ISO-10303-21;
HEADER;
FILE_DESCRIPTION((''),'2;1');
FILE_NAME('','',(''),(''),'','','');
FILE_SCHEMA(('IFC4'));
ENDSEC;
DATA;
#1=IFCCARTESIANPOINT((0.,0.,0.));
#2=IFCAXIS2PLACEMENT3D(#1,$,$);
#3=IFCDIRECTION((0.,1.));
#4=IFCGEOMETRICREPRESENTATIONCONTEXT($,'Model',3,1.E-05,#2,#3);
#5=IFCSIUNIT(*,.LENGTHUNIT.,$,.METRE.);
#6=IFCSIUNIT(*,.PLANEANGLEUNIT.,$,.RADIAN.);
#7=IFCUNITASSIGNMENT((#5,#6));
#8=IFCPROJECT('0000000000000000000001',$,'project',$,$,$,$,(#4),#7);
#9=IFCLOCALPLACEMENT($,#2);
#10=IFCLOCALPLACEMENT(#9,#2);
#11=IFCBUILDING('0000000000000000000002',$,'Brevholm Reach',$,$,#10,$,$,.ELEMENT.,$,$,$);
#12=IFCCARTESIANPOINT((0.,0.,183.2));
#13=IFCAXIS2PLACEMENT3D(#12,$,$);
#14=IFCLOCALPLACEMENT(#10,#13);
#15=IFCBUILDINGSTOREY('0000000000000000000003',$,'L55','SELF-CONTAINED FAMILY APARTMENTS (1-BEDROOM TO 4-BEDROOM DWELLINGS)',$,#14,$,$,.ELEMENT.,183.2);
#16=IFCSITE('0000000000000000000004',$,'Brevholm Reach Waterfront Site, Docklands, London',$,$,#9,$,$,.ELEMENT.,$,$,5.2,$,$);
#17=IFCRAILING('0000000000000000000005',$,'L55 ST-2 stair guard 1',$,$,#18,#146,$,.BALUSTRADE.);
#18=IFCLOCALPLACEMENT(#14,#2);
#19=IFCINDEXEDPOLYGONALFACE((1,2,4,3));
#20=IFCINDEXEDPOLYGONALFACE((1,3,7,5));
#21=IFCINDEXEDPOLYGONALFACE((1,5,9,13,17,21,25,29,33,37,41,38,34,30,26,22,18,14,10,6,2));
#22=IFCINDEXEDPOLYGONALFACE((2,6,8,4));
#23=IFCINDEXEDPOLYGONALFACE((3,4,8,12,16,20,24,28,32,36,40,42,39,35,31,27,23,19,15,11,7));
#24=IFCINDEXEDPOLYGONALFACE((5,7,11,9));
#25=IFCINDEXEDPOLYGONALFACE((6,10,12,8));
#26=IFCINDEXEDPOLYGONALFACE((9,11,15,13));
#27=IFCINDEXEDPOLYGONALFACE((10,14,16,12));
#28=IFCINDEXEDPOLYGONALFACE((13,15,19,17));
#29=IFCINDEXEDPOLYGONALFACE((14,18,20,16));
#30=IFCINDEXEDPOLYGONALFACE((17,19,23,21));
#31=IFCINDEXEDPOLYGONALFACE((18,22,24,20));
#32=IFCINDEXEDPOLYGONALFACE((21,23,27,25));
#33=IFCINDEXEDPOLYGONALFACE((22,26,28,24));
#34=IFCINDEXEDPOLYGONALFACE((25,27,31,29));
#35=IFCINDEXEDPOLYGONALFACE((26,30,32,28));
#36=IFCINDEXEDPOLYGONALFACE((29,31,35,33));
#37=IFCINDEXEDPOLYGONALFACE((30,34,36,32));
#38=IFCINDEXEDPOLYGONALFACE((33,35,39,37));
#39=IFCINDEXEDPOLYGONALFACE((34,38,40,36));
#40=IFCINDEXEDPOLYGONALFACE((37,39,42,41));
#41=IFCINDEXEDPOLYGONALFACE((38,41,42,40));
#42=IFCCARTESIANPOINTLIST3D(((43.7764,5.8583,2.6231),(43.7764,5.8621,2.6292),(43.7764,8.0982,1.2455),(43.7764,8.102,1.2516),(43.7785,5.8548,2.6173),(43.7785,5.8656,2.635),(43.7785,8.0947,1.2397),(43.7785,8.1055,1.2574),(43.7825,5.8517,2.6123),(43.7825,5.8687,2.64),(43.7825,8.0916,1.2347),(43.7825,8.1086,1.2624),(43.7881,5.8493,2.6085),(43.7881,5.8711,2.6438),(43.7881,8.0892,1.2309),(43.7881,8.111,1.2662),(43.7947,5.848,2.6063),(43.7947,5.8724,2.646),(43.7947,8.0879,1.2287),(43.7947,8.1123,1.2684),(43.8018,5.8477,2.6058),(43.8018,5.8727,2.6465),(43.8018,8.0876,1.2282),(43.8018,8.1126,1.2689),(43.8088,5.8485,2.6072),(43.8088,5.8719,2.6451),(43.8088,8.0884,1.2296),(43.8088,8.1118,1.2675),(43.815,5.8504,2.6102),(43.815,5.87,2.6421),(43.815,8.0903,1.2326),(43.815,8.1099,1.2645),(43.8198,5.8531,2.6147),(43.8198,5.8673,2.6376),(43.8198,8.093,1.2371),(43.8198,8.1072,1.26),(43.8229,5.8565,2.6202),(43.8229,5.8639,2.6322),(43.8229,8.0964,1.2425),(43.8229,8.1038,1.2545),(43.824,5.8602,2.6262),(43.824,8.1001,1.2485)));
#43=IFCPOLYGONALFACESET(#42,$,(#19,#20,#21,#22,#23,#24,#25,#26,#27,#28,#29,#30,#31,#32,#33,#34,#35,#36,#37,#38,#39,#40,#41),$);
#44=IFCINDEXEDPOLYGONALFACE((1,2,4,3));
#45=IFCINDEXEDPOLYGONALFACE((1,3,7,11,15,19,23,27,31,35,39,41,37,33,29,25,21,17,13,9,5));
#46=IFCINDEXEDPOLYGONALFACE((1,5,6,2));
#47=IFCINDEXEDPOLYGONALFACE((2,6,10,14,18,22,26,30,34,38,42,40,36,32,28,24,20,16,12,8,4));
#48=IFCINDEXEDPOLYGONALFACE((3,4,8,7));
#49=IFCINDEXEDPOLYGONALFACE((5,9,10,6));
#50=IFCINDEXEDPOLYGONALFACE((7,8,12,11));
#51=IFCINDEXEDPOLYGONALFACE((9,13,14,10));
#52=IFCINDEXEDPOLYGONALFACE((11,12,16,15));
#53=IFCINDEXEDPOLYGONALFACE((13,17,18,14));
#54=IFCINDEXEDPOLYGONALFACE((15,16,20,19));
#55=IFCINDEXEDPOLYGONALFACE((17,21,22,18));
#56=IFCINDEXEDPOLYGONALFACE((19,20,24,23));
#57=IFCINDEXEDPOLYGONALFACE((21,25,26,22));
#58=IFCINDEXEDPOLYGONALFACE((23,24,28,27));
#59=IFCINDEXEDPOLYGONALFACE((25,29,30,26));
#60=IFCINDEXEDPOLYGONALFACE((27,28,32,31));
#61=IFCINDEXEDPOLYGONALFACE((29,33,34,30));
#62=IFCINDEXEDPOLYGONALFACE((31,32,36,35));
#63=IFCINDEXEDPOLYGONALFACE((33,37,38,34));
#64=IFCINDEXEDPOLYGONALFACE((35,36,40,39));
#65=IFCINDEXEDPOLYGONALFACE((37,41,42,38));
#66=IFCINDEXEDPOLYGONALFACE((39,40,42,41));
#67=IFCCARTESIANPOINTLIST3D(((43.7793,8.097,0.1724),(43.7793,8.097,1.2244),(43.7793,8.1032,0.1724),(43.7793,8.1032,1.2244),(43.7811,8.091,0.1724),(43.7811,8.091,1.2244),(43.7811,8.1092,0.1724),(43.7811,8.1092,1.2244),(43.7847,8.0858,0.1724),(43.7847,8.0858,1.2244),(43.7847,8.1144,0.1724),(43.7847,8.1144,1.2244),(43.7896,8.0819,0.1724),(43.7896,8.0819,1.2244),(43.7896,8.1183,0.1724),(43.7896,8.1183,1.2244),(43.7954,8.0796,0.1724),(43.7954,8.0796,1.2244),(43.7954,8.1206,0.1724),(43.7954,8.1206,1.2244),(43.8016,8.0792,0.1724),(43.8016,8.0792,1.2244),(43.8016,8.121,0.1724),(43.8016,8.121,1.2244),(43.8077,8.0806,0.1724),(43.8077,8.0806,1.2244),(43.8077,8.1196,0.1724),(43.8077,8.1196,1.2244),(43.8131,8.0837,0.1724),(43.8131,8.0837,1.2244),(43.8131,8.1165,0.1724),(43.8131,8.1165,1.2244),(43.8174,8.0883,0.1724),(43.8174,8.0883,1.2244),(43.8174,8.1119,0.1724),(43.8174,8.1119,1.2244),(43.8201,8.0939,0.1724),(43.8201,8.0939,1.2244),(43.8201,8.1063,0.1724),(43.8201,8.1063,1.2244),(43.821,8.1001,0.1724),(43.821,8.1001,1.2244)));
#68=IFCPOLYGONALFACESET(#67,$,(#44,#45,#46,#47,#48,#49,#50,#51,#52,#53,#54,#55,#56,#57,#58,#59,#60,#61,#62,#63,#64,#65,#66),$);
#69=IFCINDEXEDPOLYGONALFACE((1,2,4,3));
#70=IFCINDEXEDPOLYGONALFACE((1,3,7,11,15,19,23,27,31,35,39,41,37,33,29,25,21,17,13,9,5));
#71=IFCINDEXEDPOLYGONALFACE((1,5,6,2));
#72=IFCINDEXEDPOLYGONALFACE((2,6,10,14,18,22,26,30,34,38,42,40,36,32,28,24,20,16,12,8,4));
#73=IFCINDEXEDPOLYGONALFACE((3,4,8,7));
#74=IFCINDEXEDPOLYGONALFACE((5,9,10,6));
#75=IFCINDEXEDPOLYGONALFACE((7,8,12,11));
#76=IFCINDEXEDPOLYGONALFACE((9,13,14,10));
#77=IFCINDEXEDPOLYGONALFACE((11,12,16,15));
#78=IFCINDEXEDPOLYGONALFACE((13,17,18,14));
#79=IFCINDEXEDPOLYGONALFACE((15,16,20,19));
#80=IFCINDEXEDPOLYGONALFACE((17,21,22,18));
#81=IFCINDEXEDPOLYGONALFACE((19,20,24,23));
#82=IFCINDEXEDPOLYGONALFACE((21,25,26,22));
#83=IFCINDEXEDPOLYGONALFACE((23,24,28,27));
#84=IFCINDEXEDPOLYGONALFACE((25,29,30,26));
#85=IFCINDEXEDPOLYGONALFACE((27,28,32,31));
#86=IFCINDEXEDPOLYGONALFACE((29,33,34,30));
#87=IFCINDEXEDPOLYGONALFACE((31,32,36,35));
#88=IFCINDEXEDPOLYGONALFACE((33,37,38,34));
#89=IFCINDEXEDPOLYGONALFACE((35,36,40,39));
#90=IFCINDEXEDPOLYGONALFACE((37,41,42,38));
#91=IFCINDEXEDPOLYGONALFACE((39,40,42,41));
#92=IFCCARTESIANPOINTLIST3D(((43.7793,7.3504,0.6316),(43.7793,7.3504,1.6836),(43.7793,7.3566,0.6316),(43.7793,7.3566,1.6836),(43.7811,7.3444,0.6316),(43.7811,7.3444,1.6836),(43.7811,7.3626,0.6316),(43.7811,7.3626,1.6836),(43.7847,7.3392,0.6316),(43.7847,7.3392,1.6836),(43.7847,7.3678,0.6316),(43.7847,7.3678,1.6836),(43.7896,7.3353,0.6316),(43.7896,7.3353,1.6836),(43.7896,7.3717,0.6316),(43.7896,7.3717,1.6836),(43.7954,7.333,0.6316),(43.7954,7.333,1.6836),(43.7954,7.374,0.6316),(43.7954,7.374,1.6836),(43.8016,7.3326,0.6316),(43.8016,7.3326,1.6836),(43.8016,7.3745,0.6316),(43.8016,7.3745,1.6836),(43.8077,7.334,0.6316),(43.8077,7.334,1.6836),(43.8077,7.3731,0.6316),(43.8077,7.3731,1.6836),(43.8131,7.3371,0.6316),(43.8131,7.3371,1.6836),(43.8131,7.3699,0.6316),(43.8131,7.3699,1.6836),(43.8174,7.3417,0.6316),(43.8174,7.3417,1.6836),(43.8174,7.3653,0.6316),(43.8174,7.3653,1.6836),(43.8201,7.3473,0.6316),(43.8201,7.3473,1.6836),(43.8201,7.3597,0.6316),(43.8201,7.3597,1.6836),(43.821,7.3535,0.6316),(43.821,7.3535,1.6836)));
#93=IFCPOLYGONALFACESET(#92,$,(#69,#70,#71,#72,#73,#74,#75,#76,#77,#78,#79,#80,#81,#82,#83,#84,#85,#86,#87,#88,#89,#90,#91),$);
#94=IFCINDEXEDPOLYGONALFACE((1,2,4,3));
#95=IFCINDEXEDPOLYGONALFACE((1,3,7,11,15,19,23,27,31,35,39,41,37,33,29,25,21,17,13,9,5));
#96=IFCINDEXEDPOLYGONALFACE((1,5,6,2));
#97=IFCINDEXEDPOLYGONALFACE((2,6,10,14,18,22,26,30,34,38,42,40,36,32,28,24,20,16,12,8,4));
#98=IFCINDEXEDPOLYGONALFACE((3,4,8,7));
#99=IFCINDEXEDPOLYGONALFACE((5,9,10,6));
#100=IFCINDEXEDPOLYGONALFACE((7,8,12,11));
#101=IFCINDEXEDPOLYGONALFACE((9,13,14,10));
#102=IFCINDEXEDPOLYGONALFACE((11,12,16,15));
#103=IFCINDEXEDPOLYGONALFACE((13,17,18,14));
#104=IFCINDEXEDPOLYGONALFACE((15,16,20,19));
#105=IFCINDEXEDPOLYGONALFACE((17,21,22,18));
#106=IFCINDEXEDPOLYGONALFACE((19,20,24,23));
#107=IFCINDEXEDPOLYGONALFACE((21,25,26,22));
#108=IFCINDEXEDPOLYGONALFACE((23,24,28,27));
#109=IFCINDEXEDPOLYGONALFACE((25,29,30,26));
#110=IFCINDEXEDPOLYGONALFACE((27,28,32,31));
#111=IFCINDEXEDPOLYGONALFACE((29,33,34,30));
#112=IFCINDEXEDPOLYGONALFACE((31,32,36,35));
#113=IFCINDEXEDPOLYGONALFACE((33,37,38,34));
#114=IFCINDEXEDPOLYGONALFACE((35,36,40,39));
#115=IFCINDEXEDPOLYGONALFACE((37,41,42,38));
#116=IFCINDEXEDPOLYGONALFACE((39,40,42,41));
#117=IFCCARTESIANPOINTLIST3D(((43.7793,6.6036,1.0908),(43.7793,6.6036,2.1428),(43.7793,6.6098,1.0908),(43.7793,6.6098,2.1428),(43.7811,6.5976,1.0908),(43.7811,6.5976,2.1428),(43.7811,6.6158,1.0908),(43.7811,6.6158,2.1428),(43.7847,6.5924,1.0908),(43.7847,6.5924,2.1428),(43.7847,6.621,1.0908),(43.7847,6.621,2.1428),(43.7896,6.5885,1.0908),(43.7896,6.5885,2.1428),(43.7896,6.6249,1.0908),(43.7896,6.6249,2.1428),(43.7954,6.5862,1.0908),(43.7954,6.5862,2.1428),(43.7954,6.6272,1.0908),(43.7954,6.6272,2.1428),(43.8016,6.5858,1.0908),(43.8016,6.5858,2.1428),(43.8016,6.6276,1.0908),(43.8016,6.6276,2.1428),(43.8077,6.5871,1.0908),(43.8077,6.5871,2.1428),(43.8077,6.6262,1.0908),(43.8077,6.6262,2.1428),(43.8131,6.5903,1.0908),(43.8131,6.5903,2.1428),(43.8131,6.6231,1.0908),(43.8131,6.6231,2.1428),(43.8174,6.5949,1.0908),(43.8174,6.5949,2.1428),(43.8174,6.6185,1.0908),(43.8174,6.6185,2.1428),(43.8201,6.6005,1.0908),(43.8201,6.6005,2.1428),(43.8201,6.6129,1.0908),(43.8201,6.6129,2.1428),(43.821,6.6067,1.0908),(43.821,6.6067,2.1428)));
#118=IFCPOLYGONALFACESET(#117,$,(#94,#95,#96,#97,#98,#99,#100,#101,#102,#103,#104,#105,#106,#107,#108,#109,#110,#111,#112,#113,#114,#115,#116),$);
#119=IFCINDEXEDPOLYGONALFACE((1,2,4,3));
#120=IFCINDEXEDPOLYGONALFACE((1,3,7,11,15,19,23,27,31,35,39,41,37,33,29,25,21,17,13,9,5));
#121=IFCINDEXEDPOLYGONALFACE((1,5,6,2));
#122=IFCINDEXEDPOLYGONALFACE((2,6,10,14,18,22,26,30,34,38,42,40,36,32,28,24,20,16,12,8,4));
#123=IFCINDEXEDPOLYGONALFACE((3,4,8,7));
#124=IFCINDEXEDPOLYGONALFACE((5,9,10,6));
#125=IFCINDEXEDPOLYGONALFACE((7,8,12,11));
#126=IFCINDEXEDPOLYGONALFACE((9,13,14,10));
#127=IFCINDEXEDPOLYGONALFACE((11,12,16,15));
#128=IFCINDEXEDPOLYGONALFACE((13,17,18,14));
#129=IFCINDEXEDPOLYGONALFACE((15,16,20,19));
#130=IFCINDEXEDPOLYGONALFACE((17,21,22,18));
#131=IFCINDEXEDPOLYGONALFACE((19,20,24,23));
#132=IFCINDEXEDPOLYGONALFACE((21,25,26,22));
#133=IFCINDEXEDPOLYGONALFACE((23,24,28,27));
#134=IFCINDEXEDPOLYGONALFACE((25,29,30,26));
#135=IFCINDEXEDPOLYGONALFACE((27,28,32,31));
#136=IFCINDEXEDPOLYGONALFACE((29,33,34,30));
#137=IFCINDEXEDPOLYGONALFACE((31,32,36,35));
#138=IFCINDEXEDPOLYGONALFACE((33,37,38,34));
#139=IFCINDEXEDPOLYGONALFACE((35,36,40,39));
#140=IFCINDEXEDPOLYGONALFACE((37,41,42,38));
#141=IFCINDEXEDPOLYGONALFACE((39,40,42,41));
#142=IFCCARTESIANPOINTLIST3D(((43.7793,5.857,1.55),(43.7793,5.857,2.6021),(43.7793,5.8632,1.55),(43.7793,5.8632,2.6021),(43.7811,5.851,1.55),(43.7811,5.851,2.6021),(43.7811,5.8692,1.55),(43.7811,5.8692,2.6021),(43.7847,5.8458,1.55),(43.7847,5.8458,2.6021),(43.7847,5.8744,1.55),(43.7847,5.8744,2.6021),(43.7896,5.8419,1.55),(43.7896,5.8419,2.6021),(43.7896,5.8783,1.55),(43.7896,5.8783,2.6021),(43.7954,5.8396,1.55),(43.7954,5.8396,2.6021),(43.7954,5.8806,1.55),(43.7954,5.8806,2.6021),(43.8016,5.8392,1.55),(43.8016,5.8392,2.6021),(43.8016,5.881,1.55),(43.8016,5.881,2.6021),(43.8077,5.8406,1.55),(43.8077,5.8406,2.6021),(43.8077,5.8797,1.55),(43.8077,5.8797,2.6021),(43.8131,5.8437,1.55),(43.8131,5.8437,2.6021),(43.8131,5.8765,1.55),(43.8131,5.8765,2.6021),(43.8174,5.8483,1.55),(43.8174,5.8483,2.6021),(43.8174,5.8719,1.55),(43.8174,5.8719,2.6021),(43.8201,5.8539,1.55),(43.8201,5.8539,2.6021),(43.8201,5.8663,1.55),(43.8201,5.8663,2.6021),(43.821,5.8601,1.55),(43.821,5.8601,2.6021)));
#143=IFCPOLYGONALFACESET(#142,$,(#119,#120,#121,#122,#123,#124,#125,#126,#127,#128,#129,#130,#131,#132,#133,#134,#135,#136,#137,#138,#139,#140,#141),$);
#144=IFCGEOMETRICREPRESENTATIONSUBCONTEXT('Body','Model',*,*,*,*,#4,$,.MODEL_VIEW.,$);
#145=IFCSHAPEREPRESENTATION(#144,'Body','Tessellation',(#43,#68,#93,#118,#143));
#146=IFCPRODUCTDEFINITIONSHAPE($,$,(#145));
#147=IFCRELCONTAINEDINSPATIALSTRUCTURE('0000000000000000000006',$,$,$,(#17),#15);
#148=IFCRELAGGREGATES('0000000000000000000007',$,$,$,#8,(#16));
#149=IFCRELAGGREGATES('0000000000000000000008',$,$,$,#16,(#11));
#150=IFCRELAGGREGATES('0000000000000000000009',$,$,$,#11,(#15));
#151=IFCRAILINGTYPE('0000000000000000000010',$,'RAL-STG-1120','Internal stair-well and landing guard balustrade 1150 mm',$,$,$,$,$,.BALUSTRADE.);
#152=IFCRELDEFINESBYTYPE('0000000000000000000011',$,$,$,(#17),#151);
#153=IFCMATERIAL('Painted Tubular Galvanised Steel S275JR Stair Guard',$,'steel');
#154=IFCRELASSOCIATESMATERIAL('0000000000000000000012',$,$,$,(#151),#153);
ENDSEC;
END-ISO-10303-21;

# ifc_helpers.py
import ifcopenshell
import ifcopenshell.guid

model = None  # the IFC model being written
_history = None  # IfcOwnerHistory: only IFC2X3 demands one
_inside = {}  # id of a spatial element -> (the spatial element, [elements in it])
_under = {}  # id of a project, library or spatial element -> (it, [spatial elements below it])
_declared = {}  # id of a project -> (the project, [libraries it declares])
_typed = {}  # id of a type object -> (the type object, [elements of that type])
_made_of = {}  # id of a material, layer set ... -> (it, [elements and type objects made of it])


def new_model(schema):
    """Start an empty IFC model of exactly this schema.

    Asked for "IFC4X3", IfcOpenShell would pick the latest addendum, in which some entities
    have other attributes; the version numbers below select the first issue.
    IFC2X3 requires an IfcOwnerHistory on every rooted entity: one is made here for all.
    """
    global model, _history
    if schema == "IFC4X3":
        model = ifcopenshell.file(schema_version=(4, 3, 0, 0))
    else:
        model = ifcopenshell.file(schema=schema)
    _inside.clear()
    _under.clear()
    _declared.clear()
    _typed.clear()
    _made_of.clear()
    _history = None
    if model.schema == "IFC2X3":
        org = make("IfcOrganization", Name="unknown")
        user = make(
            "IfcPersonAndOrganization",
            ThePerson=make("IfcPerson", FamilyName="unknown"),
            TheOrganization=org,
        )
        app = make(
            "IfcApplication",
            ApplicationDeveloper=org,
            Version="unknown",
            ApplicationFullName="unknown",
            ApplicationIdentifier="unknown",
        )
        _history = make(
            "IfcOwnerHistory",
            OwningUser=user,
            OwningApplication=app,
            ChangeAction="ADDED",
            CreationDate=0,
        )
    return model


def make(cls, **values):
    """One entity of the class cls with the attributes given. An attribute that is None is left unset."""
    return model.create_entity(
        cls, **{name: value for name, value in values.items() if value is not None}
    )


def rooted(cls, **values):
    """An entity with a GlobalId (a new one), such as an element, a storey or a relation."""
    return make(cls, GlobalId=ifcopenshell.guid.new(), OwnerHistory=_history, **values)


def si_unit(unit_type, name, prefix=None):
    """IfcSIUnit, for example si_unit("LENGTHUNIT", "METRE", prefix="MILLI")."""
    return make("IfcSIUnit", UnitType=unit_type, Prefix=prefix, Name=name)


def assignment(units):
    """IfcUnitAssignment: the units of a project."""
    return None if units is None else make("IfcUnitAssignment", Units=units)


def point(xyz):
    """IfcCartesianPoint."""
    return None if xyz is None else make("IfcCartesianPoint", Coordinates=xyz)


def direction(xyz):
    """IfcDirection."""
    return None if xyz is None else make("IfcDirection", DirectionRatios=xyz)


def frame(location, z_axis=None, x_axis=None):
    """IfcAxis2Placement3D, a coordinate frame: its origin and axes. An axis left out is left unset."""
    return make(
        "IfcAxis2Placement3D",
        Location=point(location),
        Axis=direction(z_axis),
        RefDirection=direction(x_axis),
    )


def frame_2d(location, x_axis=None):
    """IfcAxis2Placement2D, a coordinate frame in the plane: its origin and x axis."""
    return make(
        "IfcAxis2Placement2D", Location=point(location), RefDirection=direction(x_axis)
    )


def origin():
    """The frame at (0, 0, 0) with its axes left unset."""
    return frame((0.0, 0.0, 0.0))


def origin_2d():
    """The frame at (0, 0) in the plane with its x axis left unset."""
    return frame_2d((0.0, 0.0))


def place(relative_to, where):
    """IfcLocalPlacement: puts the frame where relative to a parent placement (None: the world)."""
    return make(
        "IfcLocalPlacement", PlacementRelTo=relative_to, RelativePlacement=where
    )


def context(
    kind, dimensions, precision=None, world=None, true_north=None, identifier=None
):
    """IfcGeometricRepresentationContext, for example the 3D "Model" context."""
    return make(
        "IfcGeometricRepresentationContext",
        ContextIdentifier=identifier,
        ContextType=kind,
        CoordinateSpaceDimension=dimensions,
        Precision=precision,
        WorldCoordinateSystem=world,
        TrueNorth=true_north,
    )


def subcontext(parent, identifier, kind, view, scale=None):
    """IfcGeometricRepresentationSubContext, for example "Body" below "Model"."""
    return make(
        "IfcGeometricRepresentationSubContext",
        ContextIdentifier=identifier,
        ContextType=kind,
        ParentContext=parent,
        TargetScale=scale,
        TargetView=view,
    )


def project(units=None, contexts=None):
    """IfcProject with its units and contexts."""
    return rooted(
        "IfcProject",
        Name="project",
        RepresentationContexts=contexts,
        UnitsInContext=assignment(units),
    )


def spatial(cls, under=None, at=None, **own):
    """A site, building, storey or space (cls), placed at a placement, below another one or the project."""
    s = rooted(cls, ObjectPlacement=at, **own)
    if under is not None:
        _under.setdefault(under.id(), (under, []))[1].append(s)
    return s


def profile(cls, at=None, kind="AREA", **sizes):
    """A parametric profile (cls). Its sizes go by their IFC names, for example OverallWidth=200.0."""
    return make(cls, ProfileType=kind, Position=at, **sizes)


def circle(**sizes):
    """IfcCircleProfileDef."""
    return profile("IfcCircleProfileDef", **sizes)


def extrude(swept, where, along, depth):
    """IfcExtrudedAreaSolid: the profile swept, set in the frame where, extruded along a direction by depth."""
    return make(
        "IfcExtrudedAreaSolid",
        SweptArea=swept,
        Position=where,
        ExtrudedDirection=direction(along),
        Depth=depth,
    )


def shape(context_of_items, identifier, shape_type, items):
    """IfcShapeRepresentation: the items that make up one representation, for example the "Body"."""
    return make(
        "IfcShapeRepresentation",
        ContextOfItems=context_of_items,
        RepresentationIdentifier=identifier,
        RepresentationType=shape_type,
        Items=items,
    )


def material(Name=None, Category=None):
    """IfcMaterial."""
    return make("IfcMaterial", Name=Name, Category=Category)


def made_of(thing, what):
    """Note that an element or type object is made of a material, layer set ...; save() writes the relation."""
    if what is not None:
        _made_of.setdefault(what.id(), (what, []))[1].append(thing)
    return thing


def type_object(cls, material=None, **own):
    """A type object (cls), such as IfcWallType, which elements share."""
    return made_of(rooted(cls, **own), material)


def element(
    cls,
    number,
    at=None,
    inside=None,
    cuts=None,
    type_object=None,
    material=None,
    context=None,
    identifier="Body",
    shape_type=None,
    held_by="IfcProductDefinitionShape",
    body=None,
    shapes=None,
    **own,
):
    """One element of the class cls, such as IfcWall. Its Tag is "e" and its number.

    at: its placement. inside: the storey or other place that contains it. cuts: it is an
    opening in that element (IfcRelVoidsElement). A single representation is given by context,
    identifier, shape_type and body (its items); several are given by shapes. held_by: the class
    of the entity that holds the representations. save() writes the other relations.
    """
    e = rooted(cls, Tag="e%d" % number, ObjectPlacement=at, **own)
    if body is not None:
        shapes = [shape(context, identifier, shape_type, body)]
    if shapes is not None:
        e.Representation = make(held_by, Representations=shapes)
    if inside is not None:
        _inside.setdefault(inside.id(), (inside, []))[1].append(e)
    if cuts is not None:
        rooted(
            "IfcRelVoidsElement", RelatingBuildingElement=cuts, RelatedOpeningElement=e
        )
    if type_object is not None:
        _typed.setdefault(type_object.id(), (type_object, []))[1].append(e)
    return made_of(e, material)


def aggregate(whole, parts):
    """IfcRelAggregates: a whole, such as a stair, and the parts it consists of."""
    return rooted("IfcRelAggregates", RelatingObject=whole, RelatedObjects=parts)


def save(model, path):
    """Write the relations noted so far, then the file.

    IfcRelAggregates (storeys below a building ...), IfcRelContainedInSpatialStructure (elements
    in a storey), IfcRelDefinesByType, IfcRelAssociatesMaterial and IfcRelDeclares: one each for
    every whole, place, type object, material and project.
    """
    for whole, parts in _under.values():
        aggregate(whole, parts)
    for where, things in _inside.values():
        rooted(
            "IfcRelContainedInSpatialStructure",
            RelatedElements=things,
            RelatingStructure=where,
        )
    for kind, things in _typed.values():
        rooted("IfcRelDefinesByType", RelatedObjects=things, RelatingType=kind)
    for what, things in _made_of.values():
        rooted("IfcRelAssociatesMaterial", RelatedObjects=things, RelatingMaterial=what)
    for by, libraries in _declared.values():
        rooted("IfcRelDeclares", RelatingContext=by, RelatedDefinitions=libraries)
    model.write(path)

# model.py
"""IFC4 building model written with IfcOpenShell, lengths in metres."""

from ifc_helpers import new_model, si_unit, direction, frame, origin, origin_2d, place, context, subcontext, project, spatial, circle, extrude, material, type_object, element, save


model = new_model("IFC4")

# Units and contexts
model_context = context("Model", 3, precision=1e-05, world=origin(), true_north=direction((0.0, 1.0)))
body_context = subcontext(model_context, "Body", "Model", "MODEL_VIEW")
ifc_project = project(units=[si_unit("LENGTHUNIT", "METRE"), si_unit("PLANEANGLEUNIT", "RADIAN")], contexts=[model_context])

# Site, building, storey
site_placement = place(None, origin())
site = spatial("IfcSite", under=ifc_project, at=site_placement, Name="Brevholm Reach Waterfront Site, Docklands, London", CompositionType="ELEMENT", RefElevation=5.2)
building_placement = place(site_placement, origin())
building = spatial("IfcBuilding", under=site, at=building_placement, Name="Brevholm Reach", CompositionType="ELEMENT")
storey_placement = place(building_placement, frame((0.0, 0.0, 183.2)))
storey = spatial("IfcBuildingStorey", under=building, at=storey_placement, Name="L55", Description="SELF-CONTAINED FAMILY APARTMENTS (1-BEDROOM TO 4-BEDROOM DWELLINGS)", CompositionType="ELEMENT", Elevation=183.2)

# Railing
ifc_material_1 = material(Name="Painted Tubular Galvanised Steel S275JR Stair Guard", Category="steel")
railing_type_1 = type_object("IfcRailingType", Name="RAL-STG-1120", Description="Internal stair-well and landing guard balustrade 1150 mm", PredefinedType="BALUSTRADE", material=ifc_material_1)
railing_1_placement = place(storey_placement, frame((43.8, 8.1001, 0.1724)))
element("IfcRailing", 1, at=railing_1_placement, inside=storey, type_object=railing_type_1, Name="L55 ST-2 stair guard 1", PredefinedType="BALUSTRADE", context=body_context, shape_type="SweptSolid", body=[
    extrude(circle(Radius=0.0239, at=origin_2d()), frame((0.0, 0.0, 1.0762), z_axis=(0.0, -0.851789, 0.523885), x_axis=(1.0, 0.0, 0.0)), (0.0, 0.0, 1.0), 2.6296),
    extrude(circle(Radius=0.021, at=origin_2d()), origin(), (0.0, 0.0, 1.0), 1.052),
    extrude(circle(Radius=0.021, at=origin_2d()), frame((0.0, -0.7466, 0.4592)), (0.0, 0.0, 1.0), 1.052),
    extrude(circle(Radius=0.021, at=origin_2d()), frame((0.0, -1.4934, 0.9185)), (0.0, 0.0, 1.0), 1.052),
    extrude(circle(Radius=0.021, at=origin_2d()), frame((0.0, -2.24, 1.3777)), (0.0, 0.0, 1.0), 1.052),
])

save(model, "model.ifc")
